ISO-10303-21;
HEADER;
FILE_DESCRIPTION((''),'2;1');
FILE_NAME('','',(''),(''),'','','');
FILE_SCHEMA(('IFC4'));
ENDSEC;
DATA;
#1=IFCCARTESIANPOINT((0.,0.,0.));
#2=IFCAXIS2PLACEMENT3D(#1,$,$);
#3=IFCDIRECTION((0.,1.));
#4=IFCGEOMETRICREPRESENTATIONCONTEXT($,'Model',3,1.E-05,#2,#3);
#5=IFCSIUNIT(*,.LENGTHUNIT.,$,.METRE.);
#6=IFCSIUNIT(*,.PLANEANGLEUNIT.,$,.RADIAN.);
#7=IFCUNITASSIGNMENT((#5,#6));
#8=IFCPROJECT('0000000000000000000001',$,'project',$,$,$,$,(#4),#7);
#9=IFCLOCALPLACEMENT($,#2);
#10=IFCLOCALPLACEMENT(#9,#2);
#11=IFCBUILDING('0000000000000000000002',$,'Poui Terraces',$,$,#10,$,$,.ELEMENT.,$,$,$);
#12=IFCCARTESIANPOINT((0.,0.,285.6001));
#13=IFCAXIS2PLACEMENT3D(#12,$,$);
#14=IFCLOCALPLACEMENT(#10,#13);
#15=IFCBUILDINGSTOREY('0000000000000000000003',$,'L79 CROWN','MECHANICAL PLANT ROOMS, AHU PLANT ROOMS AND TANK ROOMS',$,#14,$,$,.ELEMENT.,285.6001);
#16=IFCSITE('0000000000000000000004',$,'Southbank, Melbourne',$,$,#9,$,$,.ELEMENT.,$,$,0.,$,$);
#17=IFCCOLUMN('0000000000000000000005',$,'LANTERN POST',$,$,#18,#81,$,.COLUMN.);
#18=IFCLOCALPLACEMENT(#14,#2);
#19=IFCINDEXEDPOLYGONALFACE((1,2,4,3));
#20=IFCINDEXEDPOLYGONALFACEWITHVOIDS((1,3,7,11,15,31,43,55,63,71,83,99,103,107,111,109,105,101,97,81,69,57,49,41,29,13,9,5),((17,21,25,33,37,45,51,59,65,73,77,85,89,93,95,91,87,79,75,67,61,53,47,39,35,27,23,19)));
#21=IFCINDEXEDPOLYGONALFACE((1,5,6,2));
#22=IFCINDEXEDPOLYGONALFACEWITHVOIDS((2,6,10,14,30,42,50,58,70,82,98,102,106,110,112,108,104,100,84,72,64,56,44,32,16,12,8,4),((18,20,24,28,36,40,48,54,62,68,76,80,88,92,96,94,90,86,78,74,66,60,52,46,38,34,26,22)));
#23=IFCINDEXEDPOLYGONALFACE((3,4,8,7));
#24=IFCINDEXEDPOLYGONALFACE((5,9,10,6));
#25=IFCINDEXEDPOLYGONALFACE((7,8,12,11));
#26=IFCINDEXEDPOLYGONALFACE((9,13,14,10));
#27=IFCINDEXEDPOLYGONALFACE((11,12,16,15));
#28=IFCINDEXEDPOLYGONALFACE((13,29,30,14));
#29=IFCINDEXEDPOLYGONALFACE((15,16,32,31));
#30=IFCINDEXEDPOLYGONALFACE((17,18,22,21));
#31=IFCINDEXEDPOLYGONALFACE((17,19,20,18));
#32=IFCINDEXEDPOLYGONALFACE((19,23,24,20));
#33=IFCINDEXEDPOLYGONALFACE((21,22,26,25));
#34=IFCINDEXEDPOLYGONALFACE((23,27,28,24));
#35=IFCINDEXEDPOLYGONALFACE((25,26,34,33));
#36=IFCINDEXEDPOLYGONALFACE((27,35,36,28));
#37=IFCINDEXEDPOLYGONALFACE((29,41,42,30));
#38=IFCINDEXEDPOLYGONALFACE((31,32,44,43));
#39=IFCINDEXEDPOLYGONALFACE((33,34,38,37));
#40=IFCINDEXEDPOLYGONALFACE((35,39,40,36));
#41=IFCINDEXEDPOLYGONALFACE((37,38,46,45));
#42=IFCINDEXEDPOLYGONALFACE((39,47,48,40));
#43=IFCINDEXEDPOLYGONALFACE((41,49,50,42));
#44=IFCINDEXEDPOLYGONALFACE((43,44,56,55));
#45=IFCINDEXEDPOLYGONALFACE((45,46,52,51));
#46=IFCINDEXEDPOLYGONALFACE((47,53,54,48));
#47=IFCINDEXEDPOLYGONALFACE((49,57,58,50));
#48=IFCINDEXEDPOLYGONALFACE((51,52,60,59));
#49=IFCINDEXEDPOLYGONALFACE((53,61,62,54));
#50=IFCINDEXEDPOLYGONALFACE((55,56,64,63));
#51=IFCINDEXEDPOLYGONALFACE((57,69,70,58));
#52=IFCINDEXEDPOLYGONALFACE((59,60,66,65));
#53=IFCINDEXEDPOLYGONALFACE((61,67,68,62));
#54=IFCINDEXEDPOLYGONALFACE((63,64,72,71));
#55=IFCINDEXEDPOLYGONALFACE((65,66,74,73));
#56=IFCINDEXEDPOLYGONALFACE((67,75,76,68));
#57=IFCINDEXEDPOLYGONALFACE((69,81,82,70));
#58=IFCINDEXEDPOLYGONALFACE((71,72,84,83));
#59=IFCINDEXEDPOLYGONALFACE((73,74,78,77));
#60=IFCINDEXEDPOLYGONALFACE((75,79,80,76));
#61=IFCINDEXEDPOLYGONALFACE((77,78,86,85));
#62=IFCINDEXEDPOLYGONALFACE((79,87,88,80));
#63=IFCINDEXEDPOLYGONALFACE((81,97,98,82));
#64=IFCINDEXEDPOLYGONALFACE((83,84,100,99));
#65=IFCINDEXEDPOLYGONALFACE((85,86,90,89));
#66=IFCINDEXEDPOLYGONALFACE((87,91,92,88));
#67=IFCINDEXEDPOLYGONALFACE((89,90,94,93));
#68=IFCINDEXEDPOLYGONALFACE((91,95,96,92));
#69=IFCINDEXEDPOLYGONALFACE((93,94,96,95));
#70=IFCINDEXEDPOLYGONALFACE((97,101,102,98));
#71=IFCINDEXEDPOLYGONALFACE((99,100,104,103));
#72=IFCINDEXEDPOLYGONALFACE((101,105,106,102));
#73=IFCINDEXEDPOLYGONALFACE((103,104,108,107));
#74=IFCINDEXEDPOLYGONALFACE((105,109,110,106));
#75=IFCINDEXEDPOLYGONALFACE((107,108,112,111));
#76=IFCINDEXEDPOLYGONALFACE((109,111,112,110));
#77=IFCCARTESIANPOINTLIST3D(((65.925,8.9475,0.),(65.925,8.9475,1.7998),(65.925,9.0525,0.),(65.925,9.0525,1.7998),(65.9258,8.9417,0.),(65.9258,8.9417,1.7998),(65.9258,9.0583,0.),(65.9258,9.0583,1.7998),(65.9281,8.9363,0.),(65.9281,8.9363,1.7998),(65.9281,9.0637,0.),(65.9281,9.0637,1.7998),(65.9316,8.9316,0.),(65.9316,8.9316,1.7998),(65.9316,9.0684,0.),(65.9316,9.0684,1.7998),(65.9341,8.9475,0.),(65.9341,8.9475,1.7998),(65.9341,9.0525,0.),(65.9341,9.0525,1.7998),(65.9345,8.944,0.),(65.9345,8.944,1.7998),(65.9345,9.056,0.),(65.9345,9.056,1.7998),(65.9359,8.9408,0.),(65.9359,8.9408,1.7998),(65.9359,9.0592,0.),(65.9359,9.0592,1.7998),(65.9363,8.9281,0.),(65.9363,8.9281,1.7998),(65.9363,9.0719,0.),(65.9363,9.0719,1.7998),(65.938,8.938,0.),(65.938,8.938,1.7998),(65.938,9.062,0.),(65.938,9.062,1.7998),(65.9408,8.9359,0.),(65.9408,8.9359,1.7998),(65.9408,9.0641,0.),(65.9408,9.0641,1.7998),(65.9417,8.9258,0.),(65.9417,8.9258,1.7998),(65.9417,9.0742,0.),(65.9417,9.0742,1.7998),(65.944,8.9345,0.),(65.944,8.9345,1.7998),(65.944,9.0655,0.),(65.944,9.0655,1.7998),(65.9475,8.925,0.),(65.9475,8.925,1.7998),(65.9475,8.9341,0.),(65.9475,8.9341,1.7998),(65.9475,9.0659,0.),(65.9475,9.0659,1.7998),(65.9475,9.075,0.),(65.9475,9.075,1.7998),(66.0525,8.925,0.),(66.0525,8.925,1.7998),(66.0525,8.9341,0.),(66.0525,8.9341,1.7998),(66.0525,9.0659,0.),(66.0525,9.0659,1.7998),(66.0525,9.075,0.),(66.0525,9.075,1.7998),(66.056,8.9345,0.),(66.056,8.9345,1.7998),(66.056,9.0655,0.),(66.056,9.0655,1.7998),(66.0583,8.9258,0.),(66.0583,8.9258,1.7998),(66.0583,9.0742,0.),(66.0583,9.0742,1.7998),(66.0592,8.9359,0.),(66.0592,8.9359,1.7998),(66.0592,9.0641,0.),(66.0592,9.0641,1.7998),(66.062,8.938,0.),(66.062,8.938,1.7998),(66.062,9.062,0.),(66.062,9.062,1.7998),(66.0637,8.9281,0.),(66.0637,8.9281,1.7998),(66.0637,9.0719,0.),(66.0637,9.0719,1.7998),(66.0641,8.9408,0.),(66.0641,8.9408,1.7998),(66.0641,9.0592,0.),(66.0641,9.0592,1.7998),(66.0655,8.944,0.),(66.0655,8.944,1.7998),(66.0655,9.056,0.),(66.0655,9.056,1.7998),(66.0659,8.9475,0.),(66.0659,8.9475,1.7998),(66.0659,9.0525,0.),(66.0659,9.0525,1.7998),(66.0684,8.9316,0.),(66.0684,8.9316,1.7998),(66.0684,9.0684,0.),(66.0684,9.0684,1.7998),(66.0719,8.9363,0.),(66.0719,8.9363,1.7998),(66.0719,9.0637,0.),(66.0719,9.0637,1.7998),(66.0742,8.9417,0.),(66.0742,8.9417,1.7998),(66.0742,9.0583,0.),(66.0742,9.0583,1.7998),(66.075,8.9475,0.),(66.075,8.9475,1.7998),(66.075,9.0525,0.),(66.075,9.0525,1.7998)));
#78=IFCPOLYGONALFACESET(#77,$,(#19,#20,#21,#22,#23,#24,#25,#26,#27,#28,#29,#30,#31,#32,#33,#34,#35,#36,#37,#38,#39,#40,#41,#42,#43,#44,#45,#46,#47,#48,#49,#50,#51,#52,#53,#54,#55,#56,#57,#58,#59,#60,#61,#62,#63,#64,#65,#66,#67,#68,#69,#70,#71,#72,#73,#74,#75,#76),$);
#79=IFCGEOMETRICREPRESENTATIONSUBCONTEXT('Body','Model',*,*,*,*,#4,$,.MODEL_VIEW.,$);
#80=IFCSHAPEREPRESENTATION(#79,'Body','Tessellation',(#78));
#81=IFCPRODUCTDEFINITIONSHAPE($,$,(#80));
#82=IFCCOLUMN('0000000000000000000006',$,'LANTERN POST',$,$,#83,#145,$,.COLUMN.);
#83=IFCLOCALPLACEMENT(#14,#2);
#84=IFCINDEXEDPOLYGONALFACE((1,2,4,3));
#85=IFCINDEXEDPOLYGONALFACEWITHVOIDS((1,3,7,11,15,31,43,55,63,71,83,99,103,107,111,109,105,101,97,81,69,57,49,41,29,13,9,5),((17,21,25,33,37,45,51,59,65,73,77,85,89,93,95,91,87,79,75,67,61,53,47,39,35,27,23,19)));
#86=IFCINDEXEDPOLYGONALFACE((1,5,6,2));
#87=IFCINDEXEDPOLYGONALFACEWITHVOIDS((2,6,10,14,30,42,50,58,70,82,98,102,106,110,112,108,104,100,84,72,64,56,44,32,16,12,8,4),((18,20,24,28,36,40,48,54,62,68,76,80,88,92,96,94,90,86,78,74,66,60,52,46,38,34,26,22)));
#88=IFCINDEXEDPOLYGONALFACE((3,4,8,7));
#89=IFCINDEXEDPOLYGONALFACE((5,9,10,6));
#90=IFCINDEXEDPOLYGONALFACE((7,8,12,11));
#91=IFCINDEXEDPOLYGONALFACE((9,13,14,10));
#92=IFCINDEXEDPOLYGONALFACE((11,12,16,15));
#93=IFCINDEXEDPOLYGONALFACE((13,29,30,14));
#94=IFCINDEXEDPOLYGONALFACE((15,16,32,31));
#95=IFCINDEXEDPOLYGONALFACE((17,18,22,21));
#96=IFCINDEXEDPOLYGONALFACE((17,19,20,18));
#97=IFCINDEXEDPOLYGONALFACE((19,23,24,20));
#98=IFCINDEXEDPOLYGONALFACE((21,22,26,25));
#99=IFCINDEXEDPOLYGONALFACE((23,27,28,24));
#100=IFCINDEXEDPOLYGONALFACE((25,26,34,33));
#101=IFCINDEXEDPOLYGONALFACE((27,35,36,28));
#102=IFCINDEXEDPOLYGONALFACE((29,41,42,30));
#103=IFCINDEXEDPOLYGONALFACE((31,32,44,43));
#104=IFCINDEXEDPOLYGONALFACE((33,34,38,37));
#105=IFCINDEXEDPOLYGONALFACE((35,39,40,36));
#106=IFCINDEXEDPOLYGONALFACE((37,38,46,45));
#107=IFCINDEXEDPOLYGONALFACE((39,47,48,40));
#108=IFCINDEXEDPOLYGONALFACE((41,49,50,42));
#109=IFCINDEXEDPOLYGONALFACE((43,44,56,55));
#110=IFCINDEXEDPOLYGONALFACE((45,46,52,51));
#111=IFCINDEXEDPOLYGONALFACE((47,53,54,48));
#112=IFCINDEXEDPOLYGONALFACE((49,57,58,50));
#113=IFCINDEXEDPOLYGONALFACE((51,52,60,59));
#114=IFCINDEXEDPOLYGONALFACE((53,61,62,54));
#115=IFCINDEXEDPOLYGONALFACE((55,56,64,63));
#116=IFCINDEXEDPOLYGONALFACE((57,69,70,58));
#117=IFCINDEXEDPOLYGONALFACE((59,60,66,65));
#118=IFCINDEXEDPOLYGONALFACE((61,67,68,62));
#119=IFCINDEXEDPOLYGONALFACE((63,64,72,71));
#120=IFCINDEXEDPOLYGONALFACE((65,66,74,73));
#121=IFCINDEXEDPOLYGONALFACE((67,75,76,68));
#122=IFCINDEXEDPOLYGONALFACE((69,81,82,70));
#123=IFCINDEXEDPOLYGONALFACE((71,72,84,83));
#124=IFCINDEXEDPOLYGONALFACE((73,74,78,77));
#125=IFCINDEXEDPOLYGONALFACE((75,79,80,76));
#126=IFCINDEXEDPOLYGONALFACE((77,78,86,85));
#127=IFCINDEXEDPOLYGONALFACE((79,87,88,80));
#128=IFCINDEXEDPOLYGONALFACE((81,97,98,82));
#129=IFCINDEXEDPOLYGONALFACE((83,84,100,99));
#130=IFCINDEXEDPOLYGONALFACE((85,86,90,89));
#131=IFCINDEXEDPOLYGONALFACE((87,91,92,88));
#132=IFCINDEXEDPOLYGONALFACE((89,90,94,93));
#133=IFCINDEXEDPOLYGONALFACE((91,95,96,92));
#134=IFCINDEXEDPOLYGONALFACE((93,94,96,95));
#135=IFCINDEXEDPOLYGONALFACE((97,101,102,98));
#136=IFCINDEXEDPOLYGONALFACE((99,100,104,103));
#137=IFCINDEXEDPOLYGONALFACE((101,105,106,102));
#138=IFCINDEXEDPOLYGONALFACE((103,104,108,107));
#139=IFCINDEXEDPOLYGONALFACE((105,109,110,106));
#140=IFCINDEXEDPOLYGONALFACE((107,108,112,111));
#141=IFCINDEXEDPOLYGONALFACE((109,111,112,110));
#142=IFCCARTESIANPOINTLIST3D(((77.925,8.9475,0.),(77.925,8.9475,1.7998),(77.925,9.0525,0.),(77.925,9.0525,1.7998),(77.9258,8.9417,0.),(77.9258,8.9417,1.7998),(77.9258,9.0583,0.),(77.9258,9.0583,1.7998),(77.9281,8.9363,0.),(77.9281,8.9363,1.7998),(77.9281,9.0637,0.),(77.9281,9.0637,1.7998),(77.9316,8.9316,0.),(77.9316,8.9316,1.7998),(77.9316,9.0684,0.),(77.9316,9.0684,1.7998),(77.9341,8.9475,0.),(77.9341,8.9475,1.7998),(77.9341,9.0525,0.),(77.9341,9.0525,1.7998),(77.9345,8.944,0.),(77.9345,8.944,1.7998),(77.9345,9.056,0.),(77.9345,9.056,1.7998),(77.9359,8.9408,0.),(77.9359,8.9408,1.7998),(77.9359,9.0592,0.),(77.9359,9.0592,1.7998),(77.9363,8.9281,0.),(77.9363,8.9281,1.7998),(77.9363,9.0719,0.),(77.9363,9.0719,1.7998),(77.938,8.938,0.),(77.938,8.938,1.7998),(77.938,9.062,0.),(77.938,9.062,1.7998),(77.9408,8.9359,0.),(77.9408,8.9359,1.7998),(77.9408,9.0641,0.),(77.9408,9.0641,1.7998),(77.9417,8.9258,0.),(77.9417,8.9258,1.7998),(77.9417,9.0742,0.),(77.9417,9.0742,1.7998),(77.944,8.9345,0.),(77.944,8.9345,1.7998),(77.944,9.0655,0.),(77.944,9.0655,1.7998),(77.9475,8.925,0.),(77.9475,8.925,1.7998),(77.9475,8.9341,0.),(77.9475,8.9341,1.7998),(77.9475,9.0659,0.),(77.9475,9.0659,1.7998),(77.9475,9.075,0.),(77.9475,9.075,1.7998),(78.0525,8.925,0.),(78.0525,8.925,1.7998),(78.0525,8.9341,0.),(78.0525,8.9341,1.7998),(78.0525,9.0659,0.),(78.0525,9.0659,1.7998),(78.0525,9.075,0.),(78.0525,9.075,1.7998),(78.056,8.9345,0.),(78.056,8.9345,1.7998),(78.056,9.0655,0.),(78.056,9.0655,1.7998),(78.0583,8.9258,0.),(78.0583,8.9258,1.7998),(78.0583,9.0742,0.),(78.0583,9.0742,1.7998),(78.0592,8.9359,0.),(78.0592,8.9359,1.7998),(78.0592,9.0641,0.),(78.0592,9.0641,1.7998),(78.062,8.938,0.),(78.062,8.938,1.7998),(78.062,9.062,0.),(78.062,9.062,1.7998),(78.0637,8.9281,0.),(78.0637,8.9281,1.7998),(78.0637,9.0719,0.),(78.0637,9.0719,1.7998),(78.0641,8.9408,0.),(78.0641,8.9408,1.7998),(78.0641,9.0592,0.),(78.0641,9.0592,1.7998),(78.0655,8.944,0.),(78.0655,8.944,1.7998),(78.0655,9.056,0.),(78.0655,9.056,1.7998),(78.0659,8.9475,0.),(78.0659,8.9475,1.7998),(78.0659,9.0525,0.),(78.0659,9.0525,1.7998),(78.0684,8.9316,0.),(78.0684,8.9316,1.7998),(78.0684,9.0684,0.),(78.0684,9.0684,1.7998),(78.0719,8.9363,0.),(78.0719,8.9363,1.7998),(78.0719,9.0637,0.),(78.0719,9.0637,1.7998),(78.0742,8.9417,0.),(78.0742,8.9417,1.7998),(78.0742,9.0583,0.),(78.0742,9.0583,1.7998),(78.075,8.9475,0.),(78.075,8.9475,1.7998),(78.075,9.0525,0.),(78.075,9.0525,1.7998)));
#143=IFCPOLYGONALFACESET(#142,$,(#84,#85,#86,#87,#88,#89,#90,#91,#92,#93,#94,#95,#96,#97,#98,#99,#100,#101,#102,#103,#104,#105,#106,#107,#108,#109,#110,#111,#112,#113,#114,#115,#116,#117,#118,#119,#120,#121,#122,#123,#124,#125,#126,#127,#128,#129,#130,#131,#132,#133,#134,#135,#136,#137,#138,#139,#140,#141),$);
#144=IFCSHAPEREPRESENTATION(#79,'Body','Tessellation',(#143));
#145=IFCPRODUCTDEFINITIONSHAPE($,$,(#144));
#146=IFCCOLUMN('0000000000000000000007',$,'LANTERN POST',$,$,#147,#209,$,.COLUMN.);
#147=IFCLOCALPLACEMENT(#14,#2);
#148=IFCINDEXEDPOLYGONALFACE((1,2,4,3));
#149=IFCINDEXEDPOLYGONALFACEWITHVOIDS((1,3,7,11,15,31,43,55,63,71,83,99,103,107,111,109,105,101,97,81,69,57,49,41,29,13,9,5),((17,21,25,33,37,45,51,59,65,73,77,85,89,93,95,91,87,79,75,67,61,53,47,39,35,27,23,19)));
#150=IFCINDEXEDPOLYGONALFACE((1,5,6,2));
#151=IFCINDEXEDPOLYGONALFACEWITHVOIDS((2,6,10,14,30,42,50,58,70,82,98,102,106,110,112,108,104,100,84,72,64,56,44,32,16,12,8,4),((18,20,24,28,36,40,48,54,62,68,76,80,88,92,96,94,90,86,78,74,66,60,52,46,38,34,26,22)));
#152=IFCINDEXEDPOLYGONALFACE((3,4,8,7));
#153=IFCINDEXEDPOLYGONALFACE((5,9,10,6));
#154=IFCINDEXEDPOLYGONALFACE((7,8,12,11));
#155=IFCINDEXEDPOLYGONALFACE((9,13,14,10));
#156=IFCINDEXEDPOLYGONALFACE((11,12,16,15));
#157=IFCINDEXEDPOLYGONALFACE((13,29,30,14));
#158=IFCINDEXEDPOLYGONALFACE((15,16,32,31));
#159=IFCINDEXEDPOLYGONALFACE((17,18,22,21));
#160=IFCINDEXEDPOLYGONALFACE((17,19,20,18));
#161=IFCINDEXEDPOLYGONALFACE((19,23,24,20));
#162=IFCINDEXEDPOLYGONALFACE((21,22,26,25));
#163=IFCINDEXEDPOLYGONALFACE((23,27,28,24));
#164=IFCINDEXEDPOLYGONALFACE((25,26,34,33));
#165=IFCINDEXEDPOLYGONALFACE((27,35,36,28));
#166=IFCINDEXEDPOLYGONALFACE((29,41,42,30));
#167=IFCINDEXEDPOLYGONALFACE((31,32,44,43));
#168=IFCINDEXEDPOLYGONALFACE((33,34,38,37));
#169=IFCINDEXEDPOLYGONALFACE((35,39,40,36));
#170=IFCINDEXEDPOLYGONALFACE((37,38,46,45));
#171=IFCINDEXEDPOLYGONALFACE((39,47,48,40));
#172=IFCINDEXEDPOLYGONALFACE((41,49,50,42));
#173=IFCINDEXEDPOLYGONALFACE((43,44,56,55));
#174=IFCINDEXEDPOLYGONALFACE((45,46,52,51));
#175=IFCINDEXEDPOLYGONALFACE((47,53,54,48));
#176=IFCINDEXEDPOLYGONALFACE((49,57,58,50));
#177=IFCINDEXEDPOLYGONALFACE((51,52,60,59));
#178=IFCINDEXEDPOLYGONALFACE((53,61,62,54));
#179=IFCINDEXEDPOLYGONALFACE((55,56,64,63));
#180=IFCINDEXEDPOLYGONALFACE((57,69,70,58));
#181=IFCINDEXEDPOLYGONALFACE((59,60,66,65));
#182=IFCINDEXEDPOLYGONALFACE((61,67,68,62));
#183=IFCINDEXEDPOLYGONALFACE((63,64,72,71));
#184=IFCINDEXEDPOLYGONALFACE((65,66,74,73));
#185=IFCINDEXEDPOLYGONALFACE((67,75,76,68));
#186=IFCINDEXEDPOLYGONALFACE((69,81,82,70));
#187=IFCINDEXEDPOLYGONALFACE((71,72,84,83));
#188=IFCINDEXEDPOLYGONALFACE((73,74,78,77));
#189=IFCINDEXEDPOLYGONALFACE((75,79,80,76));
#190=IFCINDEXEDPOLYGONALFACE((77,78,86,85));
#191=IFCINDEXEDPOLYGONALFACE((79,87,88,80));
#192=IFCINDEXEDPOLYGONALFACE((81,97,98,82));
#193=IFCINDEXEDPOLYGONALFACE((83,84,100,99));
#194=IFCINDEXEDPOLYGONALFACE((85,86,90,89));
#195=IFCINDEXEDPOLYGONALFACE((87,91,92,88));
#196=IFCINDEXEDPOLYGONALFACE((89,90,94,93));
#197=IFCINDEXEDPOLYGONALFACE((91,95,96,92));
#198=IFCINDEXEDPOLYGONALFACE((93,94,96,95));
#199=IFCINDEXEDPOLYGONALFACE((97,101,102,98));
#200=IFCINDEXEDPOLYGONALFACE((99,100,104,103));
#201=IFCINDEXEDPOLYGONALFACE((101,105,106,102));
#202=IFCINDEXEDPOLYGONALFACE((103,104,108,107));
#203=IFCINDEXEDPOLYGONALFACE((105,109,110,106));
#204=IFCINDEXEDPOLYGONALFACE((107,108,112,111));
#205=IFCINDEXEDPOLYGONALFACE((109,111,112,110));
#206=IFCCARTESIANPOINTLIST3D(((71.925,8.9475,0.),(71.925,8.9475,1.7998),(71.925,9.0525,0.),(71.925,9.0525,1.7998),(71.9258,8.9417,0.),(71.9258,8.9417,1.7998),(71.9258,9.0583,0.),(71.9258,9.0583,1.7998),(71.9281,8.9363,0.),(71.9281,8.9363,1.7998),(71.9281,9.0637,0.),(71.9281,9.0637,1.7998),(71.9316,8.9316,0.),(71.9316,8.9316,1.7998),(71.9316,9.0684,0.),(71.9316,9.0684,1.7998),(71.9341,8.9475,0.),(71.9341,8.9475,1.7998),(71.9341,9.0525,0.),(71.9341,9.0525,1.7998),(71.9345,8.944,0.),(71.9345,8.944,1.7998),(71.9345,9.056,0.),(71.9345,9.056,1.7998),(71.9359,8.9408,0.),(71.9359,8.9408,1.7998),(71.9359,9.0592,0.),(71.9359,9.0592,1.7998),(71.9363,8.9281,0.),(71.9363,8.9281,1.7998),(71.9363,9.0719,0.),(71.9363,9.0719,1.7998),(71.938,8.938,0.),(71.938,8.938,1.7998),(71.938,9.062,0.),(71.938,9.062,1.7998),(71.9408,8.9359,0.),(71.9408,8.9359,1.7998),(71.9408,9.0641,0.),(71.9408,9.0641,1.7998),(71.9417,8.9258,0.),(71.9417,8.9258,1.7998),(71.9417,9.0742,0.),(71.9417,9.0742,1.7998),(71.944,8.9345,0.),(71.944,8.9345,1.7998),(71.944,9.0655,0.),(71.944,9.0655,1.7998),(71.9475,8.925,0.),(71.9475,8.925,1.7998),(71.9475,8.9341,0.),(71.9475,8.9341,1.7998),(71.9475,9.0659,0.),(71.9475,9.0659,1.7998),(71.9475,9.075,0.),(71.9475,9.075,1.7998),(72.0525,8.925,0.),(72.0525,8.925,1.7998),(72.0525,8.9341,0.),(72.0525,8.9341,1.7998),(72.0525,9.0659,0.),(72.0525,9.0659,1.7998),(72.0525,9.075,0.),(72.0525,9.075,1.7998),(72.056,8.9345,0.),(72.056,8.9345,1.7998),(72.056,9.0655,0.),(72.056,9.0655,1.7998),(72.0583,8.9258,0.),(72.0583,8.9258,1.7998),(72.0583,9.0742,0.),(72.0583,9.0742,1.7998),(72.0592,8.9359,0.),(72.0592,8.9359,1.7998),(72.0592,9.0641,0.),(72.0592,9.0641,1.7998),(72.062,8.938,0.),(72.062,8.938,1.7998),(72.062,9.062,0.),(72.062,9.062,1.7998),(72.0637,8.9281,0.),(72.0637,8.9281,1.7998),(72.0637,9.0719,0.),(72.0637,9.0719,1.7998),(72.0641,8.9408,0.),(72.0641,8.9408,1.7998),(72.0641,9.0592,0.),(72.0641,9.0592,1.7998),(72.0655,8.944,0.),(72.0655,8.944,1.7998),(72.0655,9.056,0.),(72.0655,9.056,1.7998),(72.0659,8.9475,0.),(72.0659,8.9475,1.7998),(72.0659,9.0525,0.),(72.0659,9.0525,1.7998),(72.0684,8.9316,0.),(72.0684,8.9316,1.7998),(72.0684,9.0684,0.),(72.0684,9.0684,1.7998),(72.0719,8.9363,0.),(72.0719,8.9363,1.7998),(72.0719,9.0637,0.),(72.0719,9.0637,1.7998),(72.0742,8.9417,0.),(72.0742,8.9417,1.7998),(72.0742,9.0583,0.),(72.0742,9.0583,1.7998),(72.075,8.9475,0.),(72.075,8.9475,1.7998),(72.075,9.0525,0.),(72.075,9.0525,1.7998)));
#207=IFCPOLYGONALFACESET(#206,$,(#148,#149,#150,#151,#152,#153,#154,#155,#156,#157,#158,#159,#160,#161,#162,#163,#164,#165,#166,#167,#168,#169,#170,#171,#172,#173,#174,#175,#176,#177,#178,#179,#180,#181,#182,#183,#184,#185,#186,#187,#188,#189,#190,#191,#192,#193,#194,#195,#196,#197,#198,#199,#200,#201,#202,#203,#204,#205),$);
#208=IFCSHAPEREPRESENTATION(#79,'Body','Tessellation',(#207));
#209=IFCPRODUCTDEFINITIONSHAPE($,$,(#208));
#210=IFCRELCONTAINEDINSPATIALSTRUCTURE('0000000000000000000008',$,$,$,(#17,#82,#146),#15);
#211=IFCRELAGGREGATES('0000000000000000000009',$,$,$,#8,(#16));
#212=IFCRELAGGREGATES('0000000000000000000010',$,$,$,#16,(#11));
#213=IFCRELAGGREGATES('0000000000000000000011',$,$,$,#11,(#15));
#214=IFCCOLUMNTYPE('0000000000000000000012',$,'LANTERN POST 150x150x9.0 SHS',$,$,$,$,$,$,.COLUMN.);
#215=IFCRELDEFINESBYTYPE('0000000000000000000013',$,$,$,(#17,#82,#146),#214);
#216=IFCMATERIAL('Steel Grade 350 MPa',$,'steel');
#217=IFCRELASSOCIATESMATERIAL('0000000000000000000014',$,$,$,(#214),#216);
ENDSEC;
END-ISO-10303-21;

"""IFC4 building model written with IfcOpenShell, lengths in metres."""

from ifc_helpers import new_model, si_unit, direction, frame, origin, origin_2d, place, context, subcontext, project, spatial, hollow_rectangle, extrude, source, transform, mapped, material, material_profile, profile_set, type_object, element, save


model = new_model("IFC4")

# Units and contexts
model_context = context("Model", 3, precision=1e-05, world=origin(), true_north=direction((0.0, 1.0)))
body_context = subcontext(model_context, "Body", "Model", "MODEL_VIEW")
ifc_project = project(units=[si_unit("LENGTHUNIT", "METRE"), si_unit("PLANEANGLEUNIT", "RADIAN")], contexts=[model_context])

# Site, building, storey
site_placement = place(None, origin())
site = spatial("IfcSite", under=ifc_project, at=site_placement, Name="Southbank, Melbourne", CompositionType="ELEMENT", RefElevation=0.0)
building_placement = place(site_placement, origin())
building = spatial("IfcBuilding", under=site, at=building_placement, Name="Poui Terraces", CompositionType="ELEMENT")
storey_placement = place(building_placement, frame((0.0, 0.0, 285.6001)))
storey = spatial("IfcBuildingStorey", under=building, at=storey_placement, Name="L79 CROWN", Description="MECHANICAL PLANT ROOMS, AHU PLANT ROOMS AND TANK ROOMS", CompositionType="ELEMENT", Elevation=285.6001)

# Columns
ifc_material_1 = material(Name="Steel Grade 350 MPa", Category="steel")
ifc_material_profile_1 = material_profile(ifc_material_1, hollow_rectangle(XDim=0.1499, YDim=0.1499, WallThickness=0.009, InnerFilletRadius=0.0134, OuterFilletRadius=0.0225, at=origin_2d()), Name="150x150x9.0 SHS")
ifc_profile_set_1 = profile_set([ifc_material_profile_1], Name="Steel Grade 350 MPa")
column_type_1 = type_object("IfcColumnType", Name="LANTERN POST 150x150x9.0 SHS", PredefinedType="COLUMN", material=ifc_profile_set_1)
shared_shape_1 = source(origin(), body_context, "Body", "SweptSolid", [
    extrude(hollow_rectangle(XDim=0.1499, YDim=0.1499, WallThickness=0.009, InnerFilletRadius=0.0134, OuterFilletRadius=0.0225, at=origin_2d()), origin(), (0.0, 0.0, 1.0), 1.7998),
])
for number, where, z_axis, x_axis, name in (
    (1, (66.0, 9.0, 0.0), (0.0, 0.0, 1.0), (1.0, 0.0, 0.0), "LANTERN POST"),
    (2, (78.0, 9.0, 0.0), (0.0, 0.0, 1.0), (1.0, 0.0, 0.0), "LANTERN POST"),
    (3, (72.0, 9.0, 0.0), (0.0, 0.0, 1.0), (1.0, 0.0, 0.0), "LANTERN POST"),
):
    element("IfcColumn", number, at=place(storey_placement, frame(where, z_axis=z_axis, x_axis=x_axis)), inside=storey, type_object=column_type_1, Name=name, PredefinedType="COLUMN", context=body_context, shape_type="MappedRepresentation", body=[
        mapped(shared_shape_1, transform((0.0, 0.0, 0.0))),
    ])

save(model, "model.ifc")
